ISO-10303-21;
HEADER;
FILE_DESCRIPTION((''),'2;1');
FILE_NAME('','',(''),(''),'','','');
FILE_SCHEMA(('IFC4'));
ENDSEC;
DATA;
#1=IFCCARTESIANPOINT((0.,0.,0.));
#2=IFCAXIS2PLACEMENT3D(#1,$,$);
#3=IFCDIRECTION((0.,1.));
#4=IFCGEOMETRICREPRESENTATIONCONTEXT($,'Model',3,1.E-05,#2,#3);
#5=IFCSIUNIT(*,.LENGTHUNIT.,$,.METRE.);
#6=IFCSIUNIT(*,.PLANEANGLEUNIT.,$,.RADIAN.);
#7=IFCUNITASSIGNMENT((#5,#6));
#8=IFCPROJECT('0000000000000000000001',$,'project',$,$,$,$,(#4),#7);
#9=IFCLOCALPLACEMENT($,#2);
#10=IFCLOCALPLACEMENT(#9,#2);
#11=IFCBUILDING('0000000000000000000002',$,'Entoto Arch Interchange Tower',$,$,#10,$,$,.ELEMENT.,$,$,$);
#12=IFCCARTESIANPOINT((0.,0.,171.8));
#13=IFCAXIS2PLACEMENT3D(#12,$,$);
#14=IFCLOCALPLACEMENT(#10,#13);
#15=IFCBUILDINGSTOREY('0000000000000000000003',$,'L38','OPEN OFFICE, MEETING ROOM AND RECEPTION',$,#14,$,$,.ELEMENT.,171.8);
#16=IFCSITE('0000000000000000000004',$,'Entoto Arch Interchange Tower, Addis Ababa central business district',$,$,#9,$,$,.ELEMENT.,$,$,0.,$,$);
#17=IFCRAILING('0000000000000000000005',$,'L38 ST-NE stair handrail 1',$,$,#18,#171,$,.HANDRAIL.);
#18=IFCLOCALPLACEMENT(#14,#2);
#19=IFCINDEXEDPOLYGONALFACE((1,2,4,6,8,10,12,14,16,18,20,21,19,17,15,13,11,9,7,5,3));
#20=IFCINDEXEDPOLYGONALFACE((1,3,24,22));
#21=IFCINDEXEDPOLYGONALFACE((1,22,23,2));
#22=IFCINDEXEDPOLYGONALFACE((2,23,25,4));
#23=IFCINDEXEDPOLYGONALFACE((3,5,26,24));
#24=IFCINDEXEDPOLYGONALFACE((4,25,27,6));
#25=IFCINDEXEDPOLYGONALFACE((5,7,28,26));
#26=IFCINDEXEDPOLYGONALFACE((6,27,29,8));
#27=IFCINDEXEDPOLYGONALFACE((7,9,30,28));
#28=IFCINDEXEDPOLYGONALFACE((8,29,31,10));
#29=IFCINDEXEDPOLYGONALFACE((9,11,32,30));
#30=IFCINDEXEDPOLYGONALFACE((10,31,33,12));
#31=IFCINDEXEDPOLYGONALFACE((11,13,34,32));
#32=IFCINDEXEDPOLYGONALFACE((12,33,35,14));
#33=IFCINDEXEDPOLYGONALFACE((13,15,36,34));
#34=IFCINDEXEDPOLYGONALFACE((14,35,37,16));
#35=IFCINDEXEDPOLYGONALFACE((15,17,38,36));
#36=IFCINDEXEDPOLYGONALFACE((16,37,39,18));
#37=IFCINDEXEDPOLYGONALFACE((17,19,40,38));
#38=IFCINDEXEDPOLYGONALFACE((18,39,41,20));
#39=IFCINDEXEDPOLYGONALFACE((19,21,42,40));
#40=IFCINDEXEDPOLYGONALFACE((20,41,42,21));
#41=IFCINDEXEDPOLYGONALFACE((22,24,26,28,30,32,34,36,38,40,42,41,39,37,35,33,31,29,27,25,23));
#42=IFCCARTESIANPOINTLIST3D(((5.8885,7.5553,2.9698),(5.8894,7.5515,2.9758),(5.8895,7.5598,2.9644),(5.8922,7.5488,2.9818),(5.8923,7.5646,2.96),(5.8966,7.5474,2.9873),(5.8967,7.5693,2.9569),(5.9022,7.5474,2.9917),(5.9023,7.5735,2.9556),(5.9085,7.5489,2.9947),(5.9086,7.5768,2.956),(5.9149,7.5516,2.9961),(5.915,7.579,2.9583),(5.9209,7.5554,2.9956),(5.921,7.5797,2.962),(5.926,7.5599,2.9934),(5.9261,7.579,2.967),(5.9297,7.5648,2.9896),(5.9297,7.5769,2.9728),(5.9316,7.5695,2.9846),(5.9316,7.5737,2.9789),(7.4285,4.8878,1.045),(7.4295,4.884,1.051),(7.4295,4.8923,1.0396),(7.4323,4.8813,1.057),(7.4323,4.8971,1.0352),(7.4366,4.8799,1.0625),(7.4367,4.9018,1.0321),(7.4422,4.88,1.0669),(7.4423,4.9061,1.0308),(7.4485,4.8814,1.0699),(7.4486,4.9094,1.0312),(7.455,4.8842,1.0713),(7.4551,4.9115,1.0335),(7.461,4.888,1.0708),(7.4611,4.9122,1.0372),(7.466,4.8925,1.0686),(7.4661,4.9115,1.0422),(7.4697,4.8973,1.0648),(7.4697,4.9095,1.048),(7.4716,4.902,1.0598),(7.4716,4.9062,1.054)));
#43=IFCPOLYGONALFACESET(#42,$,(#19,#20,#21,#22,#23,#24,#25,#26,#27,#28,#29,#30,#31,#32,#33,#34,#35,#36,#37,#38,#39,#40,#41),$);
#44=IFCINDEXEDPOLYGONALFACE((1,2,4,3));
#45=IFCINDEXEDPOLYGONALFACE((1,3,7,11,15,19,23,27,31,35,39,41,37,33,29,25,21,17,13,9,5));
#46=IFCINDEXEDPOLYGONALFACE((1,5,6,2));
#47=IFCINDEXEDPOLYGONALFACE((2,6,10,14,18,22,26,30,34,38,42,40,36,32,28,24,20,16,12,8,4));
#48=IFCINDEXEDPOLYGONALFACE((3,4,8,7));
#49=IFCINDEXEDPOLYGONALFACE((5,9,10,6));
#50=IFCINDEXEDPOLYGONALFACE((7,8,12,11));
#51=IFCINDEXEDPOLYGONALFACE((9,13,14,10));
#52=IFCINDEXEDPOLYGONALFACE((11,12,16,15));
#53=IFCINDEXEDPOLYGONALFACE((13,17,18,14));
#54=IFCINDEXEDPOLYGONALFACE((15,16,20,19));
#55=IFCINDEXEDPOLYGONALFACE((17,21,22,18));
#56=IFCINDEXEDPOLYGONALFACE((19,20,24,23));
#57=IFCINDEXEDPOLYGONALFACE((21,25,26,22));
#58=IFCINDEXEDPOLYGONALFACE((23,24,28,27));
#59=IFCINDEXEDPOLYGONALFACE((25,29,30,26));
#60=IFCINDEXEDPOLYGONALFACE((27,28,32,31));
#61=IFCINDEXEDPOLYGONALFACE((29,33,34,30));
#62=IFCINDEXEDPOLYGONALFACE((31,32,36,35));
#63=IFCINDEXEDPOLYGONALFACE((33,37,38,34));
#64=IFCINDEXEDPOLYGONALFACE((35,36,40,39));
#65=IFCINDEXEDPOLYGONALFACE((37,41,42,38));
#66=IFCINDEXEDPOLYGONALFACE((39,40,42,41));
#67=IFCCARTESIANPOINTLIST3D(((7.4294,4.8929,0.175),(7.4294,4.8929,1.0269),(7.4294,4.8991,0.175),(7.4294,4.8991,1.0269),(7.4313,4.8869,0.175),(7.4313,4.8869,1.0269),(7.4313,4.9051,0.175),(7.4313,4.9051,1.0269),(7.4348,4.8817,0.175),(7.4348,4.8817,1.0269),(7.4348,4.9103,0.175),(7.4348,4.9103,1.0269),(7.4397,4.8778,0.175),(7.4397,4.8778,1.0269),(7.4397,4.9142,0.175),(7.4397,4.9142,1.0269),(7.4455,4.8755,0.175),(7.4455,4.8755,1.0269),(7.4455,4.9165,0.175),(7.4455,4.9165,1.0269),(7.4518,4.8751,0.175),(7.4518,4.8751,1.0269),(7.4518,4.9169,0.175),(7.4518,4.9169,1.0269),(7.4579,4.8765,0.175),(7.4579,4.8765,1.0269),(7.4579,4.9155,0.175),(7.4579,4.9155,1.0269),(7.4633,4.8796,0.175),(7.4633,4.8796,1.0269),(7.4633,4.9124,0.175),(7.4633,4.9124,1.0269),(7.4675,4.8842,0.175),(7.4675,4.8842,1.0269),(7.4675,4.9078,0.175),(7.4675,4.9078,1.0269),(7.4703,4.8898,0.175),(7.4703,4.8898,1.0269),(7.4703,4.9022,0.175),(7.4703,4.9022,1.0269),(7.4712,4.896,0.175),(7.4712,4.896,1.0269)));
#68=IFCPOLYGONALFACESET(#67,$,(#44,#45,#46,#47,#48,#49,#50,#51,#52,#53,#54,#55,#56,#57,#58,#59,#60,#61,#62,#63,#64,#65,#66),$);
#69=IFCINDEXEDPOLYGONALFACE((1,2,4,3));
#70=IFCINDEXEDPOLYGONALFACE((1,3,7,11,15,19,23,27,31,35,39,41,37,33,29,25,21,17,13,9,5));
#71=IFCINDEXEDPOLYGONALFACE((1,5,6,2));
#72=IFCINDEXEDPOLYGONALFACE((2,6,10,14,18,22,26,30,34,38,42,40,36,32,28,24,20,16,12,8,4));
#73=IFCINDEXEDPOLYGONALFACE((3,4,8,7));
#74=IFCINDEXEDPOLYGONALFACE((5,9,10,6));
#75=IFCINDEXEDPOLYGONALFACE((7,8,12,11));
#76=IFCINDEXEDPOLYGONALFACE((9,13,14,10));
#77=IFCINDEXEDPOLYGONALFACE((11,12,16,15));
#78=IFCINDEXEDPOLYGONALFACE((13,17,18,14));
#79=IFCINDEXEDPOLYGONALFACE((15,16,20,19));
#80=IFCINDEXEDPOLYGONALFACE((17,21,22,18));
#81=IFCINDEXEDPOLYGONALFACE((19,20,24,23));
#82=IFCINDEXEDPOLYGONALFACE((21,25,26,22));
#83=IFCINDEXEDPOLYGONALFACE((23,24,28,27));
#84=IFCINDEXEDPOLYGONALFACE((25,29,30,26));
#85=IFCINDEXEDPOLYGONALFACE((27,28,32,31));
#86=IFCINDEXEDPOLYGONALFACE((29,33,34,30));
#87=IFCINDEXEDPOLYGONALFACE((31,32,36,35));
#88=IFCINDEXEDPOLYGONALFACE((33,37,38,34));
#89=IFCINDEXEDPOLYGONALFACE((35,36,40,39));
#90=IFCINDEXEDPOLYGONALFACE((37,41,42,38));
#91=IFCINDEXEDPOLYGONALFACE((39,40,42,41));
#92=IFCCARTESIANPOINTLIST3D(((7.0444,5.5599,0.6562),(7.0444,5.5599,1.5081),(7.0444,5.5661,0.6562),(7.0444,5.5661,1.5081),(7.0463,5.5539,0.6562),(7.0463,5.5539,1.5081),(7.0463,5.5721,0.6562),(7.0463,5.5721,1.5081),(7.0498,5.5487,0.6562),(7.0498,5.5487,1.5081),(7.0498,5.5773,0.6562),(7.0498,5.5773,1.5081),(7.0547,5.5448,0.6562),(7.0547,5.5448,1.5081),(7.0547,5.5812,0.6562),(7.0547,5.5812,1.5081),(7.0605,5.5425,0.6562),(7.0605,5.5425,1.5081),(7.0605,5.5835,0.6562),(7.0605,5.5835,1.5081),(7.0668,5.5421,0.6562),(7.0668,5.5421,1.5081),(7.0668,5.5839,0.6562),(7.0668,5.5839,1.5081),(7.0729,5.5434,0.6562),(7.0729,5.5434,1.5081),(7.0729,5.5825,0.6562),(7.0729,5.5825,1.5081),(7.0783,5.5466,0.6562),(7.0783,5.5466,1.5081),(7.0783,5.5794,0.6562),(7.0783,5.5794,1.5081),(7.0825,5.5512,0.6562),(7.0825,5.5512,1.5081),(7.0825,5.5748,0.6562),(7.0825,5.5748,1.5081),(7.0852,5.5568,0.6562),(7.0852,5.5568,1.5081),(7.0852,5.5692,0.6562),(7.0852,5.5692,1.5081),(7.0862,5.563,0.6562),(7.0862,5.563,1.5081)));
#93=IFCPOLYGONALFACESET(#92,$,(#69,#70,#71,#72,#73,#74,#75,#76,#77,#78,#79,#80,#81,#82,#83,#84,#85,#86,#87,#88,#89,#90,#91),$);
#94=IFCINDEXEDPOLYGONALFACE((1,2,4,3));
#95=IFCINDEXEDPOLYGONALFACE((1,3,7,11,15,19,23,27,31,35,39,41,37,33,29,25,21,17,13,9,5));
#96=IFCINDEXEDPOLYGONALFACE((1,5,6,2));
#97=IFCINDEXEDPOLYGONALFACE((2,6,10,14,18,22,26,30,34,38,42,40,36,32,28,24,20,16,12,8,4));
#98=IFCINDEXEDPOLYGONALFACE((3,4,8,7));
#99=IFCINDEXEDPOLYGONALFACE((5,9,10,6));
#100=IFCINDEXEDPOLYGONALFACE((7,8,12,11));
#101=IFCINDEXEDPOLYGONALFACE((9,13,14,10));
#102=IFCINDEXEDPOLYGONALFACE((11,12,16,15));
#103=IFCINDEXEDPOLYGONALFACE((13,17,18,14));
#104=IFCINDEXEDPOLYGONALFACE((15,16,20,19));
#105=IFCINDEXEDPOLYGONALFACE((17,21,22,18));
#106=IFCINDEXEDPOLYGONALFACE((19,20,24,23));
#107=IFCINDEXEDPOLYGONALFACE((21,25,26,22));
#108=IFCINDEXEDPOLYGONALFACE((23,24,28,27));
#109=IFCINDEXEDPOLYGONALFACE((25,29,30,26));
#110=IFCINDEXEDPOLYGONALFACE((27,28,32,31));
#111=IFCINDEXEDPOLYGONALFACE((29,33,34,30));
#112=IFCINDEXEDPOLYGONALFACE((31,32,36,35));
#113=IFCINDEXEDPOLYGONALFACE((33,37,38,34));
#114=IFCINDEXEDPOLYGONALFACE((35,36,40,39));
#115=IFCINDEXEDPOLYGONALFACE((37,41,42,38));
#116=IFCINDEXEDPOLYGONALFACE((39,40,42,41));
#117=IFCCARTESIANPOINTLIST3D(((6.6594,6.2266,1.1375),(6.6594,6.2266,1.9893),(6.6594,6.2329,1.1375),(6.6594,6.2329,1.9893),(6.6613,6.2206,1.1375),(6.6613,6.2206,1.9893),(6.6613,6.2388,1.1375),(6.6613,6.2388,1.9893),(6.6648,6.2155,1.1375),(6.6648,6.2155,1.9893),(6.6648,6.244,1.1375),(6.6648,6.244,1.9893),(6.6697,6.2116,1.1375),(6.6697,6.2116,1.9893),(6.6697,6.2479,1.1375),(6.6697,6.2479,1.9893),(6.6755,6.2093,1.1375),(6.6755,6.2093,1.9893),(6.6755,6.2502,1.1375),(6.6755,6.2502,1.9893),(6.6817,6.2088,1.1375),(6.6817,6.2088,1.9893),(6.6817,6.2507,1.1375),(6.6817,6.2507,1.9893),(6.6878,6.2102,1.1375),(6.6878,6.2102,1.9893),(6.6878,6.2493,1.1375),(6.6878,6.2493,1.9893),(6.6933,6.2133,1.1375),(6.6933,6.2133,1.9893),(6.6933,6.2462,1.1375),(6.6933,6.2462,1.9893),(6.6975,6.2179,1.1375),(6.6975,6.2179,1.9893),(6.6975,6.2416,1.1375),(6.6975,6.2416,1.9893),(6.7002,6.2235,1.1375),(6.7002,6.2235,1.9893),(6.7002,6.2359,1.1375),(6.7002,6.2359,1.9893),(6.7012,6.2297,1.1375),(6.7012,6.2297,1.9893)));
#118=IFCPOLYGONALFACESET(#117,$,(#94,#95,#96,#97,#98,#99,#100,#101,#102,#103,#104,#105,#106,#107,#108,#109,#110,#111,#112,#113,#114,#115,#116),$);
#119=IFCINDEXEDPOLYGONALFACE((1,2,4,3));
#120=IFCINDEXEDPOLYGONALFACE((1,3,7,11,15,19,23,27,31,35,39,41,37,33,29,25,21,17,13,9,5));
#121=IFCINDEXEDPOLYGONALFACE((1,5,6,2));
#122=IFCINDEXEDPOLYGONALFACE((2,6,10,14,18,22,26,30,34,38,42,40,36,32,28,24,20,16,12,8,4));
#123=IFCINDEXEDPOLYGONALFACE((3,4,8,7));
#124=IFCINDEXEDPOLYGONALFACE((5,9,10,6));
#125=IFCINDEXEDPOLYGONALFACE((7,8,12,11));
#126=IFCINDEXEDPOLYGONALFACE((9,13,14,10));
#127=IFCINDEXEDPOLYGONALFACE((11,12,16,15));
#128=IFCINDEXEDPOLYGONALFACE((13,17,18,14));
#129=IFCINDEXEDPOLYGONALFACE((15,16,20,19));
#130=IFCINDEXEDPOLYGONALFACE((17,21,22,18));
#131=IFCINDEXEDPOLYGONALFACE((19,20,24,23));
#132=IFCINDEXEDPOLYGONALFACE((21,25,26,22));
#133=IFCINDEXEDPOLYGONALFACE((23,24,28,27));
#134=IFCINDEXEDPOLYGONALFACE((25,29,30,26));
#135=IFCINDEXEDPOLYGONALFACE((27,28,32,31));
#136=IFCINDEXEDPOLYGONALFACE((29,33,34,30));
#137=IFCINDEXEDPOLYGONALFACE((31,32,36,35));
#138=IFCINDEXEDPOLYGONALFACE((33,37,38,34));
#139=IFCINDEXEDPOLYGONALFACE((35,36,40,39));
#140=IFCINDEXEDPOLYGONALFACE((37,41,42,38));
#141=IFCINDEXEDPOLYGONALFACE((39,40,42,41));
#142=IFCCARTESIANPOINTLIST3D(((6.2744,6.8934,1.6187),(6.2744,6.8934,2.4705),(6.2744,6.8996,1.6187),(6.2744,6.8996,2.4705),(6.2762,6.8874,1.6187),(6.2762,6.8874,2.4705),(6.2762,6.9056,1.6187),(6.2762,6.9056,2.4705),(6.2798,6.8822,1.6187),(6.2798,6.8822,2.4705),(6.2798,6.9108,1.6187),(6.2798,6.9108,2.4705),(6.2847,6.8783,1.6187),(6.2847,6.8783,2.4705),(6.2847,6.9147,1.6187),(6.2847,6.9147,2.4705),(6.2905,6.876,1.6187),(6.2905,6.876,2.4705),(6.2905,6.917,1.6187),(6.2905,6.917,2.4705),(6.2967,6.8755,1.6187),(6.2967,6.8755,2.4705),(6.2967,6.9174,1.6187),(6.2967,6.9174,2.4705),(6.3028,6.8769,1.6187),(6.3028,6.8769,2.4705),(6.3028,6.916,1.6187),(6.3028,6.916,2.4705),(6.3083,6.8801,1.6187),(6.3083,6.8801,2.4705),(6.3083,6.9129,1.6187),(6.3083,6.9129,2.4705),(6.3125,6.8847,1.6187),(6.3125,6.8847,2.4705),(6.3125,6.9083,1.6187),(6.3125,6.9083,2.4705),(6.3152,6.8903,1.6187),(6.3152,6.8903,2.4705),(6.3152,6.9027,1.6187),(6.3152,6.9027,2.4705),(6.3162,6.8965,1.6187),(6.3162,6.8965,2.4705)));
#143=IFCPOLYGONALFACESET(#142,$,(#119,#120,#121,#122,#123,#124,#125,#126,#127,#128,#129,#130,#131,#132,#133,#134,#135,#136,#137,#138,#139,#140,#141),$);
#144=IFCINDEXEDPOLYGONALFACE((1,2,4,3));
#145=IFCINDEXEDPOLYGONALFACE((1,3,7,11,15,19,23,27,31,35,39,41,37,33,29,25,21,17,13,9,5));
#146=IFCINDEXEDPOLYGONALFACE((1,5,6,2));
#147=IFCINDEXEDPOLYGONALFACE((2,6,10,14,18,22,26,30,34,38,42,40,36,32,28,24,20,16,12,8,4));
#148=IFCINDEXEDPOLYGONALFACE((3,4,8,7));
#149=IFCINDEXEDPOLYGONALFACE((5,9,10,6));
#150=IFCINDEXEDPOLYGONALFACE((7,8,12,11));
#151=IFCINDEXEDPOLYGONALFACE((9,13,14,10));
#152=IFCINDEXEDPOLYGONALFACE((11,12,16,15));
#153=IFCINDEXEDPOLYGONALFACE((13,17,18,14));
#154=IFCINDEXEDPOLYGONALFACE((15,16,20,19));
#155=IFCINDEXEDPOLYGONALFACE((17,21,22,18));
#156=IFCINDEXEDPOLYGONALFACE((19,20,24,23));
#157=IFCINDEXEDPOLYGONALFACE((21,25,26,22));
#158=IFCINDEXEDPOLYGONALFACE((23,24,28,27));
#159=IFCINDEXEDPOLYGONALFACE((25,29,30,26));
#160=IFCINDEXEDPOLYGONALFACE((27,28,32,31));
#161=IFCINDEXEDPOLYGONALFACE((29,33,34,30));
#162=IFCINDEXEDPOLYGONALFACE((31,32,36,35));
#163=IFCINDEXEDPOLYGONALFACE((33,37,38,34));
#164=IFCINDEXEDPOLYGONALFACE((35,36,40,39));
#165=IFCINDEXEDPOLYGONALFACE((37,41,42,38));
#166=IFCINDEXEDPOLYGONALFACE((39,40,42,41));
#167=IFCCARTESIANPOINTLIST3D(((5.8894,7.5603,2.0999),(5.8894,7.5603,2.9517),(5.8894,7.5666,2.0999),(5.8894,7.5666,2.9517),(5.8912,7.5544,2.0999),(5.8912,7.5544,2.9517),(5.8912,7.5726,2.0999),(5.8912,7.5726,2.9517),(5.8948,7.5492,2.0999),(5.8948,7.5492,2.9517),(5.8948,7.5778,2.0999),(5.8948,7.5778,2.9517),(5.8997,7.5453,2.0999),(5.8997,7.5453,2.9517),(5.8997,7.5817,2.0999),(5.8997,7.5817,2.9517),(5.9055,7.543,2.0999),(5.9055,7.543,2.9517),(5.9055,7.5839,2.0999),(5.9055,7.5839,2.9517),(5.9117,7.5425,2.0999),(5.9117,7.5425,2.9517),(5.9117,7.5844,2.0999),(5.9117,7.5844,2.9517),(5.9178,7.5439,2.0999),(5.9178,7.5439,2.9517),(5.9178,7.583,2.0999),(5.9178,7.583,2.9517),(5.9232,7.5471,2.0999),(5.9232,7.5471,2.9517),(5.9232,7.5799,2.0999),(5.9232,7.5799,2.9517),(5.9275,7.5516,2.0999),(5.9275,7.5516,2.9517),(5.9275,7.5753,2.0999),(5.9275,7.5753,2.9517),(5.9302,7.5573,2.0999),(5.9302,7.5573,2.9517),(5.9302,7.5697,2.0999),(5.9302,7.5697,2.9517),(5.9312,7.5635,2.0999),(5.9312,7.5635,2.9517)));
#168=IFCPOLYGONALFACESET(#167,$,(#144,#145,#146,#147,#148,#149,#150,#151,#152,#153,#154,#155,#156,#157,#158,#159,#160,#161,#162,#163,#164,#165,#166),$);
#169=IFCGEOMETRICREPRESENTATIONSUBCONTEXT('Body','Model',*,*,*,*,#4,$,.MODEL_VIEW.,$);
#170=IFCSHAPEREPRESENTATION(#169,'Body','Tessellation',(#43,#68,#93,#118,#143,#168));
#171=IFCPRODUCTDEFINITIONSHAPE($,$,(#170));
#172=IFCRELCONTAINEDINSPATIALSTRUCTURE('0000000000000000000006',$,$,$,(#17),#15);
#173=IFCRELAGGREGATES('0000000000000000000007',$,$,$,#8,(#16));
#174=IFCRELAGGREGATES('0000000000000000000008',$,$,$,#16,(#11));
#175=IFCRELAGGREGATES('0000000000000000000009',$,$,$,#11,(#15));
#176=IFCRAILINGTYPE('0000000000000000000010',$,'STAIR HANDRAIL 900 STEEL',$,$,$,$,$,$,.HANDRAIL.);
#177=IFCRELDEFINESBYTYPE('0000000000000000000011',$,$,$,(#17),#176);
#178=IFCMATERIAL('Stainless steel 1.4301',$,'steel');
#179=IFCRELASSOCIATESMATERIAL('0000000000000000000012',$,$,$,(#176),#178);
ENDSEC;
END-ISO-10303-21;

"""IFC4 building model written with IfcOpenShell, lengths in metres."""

from ifc_helpers import new_model, si_unit, direction, frame, origin, origin_2d, place, context, subcontext, project, spatial, circle, extrude, material, type_object, element, save


model = new_model("IFC4")

# Units and contexts
model_context = context("Model", 3, precision=1e-05, world=origin(), true_north=direction((0.0, 1.0)))
body_context = subcontext(model_context, "Body", "Model", "MODEL_VIEW")
ifc_project = project(units=[si_unit("LENGTHUNIT", "METRE"), si_unit("PLANEANGLEUNIT", "RADIAN")], contexts=[model_context])

# Site, building, storey
site_placement = place(None, origin())
site = spatial("IfcSite", under=ifc_project, at=site_placement, Name="Entoto Arch Interchange Tower, Addis Ababa central business district", CompositionType="ELEMENT", RefElevation=0.0)
building_placement = place(site_placement, origin())
building = spatial("IfcBuilding", under=site, at=building_placement, Name="Entoto Arch Interchange Tower", CompositionType="ELEMENT")
storey_placement = place(building_placement, frame((0.0, 0.0, 171.8)))
storey = spatial("IfcBuildingStorey", under=building, at=storey_placement, Name="L38", Description="OPEN OFFICE, MEETING ROOM AND RECEPTION", CompositionType="ELEMENT", Elevation=171.8)

# Railing
ifc_material_1 = material(Name="Stainless steel 1.4301", Category="steel")
railing_type_1 = type_object("IfcRailingType", Name="STAIR HANDRAIL 900 STEEL", PredefinedType="HANDRAIL", material=ifc_material_1)
railing_1_placement = place(storey_placement, frame((7.4502, 4.896, 0.175)))
element("IfcRailing", 1, at=railing_1_placement, inside=storey, type_object=railing_type_1, Name="L38 ST-NE stair handrail 1", PredefinedType="HANDRAIL", context=body_context, shape_type="SweptSolid", body=[
    extrude(circle(Radius=0.0239, at=origin_2d()), frame((0.0, 0.0, 0.876), z_axis=(-0.42401, 0.734421, 0.529945), x_axis=(-0.86603, -0.499992, 0.0)), (0.0, 0.0, 1.0), 3.6321),
    extrude(circle(Radius=0.021, at=origin_2d()), origin(), (0.0, 0.0, 1.0), 0.8518),
    extrude(circle(Radius=0.021, at=origin_2d()), frame((-0.385, 0.667, 0.4812)), (0.0, 0.0, 1.0), 0.8518),
    extrude(circle(Radius=0.021, at=origin_2d()), frame((-0.77, 1.3337, 0.9624)), (0.0, 0.0, 1.0), 0.8518),
    extrude(circle(Radius=0.021, at=origin_2d()), frame((-1.155, 2.0005, 1.4436)), (0.0, 0.0, 1.0), 0.8518),
    extrude(circle(Radius=0.021, at=origin_2d()), frame((-1.54, 2.6675, 1.9248)), (0.0, 0.0, 1.0), 0.8518),
])

save(model, "model.ifc")
